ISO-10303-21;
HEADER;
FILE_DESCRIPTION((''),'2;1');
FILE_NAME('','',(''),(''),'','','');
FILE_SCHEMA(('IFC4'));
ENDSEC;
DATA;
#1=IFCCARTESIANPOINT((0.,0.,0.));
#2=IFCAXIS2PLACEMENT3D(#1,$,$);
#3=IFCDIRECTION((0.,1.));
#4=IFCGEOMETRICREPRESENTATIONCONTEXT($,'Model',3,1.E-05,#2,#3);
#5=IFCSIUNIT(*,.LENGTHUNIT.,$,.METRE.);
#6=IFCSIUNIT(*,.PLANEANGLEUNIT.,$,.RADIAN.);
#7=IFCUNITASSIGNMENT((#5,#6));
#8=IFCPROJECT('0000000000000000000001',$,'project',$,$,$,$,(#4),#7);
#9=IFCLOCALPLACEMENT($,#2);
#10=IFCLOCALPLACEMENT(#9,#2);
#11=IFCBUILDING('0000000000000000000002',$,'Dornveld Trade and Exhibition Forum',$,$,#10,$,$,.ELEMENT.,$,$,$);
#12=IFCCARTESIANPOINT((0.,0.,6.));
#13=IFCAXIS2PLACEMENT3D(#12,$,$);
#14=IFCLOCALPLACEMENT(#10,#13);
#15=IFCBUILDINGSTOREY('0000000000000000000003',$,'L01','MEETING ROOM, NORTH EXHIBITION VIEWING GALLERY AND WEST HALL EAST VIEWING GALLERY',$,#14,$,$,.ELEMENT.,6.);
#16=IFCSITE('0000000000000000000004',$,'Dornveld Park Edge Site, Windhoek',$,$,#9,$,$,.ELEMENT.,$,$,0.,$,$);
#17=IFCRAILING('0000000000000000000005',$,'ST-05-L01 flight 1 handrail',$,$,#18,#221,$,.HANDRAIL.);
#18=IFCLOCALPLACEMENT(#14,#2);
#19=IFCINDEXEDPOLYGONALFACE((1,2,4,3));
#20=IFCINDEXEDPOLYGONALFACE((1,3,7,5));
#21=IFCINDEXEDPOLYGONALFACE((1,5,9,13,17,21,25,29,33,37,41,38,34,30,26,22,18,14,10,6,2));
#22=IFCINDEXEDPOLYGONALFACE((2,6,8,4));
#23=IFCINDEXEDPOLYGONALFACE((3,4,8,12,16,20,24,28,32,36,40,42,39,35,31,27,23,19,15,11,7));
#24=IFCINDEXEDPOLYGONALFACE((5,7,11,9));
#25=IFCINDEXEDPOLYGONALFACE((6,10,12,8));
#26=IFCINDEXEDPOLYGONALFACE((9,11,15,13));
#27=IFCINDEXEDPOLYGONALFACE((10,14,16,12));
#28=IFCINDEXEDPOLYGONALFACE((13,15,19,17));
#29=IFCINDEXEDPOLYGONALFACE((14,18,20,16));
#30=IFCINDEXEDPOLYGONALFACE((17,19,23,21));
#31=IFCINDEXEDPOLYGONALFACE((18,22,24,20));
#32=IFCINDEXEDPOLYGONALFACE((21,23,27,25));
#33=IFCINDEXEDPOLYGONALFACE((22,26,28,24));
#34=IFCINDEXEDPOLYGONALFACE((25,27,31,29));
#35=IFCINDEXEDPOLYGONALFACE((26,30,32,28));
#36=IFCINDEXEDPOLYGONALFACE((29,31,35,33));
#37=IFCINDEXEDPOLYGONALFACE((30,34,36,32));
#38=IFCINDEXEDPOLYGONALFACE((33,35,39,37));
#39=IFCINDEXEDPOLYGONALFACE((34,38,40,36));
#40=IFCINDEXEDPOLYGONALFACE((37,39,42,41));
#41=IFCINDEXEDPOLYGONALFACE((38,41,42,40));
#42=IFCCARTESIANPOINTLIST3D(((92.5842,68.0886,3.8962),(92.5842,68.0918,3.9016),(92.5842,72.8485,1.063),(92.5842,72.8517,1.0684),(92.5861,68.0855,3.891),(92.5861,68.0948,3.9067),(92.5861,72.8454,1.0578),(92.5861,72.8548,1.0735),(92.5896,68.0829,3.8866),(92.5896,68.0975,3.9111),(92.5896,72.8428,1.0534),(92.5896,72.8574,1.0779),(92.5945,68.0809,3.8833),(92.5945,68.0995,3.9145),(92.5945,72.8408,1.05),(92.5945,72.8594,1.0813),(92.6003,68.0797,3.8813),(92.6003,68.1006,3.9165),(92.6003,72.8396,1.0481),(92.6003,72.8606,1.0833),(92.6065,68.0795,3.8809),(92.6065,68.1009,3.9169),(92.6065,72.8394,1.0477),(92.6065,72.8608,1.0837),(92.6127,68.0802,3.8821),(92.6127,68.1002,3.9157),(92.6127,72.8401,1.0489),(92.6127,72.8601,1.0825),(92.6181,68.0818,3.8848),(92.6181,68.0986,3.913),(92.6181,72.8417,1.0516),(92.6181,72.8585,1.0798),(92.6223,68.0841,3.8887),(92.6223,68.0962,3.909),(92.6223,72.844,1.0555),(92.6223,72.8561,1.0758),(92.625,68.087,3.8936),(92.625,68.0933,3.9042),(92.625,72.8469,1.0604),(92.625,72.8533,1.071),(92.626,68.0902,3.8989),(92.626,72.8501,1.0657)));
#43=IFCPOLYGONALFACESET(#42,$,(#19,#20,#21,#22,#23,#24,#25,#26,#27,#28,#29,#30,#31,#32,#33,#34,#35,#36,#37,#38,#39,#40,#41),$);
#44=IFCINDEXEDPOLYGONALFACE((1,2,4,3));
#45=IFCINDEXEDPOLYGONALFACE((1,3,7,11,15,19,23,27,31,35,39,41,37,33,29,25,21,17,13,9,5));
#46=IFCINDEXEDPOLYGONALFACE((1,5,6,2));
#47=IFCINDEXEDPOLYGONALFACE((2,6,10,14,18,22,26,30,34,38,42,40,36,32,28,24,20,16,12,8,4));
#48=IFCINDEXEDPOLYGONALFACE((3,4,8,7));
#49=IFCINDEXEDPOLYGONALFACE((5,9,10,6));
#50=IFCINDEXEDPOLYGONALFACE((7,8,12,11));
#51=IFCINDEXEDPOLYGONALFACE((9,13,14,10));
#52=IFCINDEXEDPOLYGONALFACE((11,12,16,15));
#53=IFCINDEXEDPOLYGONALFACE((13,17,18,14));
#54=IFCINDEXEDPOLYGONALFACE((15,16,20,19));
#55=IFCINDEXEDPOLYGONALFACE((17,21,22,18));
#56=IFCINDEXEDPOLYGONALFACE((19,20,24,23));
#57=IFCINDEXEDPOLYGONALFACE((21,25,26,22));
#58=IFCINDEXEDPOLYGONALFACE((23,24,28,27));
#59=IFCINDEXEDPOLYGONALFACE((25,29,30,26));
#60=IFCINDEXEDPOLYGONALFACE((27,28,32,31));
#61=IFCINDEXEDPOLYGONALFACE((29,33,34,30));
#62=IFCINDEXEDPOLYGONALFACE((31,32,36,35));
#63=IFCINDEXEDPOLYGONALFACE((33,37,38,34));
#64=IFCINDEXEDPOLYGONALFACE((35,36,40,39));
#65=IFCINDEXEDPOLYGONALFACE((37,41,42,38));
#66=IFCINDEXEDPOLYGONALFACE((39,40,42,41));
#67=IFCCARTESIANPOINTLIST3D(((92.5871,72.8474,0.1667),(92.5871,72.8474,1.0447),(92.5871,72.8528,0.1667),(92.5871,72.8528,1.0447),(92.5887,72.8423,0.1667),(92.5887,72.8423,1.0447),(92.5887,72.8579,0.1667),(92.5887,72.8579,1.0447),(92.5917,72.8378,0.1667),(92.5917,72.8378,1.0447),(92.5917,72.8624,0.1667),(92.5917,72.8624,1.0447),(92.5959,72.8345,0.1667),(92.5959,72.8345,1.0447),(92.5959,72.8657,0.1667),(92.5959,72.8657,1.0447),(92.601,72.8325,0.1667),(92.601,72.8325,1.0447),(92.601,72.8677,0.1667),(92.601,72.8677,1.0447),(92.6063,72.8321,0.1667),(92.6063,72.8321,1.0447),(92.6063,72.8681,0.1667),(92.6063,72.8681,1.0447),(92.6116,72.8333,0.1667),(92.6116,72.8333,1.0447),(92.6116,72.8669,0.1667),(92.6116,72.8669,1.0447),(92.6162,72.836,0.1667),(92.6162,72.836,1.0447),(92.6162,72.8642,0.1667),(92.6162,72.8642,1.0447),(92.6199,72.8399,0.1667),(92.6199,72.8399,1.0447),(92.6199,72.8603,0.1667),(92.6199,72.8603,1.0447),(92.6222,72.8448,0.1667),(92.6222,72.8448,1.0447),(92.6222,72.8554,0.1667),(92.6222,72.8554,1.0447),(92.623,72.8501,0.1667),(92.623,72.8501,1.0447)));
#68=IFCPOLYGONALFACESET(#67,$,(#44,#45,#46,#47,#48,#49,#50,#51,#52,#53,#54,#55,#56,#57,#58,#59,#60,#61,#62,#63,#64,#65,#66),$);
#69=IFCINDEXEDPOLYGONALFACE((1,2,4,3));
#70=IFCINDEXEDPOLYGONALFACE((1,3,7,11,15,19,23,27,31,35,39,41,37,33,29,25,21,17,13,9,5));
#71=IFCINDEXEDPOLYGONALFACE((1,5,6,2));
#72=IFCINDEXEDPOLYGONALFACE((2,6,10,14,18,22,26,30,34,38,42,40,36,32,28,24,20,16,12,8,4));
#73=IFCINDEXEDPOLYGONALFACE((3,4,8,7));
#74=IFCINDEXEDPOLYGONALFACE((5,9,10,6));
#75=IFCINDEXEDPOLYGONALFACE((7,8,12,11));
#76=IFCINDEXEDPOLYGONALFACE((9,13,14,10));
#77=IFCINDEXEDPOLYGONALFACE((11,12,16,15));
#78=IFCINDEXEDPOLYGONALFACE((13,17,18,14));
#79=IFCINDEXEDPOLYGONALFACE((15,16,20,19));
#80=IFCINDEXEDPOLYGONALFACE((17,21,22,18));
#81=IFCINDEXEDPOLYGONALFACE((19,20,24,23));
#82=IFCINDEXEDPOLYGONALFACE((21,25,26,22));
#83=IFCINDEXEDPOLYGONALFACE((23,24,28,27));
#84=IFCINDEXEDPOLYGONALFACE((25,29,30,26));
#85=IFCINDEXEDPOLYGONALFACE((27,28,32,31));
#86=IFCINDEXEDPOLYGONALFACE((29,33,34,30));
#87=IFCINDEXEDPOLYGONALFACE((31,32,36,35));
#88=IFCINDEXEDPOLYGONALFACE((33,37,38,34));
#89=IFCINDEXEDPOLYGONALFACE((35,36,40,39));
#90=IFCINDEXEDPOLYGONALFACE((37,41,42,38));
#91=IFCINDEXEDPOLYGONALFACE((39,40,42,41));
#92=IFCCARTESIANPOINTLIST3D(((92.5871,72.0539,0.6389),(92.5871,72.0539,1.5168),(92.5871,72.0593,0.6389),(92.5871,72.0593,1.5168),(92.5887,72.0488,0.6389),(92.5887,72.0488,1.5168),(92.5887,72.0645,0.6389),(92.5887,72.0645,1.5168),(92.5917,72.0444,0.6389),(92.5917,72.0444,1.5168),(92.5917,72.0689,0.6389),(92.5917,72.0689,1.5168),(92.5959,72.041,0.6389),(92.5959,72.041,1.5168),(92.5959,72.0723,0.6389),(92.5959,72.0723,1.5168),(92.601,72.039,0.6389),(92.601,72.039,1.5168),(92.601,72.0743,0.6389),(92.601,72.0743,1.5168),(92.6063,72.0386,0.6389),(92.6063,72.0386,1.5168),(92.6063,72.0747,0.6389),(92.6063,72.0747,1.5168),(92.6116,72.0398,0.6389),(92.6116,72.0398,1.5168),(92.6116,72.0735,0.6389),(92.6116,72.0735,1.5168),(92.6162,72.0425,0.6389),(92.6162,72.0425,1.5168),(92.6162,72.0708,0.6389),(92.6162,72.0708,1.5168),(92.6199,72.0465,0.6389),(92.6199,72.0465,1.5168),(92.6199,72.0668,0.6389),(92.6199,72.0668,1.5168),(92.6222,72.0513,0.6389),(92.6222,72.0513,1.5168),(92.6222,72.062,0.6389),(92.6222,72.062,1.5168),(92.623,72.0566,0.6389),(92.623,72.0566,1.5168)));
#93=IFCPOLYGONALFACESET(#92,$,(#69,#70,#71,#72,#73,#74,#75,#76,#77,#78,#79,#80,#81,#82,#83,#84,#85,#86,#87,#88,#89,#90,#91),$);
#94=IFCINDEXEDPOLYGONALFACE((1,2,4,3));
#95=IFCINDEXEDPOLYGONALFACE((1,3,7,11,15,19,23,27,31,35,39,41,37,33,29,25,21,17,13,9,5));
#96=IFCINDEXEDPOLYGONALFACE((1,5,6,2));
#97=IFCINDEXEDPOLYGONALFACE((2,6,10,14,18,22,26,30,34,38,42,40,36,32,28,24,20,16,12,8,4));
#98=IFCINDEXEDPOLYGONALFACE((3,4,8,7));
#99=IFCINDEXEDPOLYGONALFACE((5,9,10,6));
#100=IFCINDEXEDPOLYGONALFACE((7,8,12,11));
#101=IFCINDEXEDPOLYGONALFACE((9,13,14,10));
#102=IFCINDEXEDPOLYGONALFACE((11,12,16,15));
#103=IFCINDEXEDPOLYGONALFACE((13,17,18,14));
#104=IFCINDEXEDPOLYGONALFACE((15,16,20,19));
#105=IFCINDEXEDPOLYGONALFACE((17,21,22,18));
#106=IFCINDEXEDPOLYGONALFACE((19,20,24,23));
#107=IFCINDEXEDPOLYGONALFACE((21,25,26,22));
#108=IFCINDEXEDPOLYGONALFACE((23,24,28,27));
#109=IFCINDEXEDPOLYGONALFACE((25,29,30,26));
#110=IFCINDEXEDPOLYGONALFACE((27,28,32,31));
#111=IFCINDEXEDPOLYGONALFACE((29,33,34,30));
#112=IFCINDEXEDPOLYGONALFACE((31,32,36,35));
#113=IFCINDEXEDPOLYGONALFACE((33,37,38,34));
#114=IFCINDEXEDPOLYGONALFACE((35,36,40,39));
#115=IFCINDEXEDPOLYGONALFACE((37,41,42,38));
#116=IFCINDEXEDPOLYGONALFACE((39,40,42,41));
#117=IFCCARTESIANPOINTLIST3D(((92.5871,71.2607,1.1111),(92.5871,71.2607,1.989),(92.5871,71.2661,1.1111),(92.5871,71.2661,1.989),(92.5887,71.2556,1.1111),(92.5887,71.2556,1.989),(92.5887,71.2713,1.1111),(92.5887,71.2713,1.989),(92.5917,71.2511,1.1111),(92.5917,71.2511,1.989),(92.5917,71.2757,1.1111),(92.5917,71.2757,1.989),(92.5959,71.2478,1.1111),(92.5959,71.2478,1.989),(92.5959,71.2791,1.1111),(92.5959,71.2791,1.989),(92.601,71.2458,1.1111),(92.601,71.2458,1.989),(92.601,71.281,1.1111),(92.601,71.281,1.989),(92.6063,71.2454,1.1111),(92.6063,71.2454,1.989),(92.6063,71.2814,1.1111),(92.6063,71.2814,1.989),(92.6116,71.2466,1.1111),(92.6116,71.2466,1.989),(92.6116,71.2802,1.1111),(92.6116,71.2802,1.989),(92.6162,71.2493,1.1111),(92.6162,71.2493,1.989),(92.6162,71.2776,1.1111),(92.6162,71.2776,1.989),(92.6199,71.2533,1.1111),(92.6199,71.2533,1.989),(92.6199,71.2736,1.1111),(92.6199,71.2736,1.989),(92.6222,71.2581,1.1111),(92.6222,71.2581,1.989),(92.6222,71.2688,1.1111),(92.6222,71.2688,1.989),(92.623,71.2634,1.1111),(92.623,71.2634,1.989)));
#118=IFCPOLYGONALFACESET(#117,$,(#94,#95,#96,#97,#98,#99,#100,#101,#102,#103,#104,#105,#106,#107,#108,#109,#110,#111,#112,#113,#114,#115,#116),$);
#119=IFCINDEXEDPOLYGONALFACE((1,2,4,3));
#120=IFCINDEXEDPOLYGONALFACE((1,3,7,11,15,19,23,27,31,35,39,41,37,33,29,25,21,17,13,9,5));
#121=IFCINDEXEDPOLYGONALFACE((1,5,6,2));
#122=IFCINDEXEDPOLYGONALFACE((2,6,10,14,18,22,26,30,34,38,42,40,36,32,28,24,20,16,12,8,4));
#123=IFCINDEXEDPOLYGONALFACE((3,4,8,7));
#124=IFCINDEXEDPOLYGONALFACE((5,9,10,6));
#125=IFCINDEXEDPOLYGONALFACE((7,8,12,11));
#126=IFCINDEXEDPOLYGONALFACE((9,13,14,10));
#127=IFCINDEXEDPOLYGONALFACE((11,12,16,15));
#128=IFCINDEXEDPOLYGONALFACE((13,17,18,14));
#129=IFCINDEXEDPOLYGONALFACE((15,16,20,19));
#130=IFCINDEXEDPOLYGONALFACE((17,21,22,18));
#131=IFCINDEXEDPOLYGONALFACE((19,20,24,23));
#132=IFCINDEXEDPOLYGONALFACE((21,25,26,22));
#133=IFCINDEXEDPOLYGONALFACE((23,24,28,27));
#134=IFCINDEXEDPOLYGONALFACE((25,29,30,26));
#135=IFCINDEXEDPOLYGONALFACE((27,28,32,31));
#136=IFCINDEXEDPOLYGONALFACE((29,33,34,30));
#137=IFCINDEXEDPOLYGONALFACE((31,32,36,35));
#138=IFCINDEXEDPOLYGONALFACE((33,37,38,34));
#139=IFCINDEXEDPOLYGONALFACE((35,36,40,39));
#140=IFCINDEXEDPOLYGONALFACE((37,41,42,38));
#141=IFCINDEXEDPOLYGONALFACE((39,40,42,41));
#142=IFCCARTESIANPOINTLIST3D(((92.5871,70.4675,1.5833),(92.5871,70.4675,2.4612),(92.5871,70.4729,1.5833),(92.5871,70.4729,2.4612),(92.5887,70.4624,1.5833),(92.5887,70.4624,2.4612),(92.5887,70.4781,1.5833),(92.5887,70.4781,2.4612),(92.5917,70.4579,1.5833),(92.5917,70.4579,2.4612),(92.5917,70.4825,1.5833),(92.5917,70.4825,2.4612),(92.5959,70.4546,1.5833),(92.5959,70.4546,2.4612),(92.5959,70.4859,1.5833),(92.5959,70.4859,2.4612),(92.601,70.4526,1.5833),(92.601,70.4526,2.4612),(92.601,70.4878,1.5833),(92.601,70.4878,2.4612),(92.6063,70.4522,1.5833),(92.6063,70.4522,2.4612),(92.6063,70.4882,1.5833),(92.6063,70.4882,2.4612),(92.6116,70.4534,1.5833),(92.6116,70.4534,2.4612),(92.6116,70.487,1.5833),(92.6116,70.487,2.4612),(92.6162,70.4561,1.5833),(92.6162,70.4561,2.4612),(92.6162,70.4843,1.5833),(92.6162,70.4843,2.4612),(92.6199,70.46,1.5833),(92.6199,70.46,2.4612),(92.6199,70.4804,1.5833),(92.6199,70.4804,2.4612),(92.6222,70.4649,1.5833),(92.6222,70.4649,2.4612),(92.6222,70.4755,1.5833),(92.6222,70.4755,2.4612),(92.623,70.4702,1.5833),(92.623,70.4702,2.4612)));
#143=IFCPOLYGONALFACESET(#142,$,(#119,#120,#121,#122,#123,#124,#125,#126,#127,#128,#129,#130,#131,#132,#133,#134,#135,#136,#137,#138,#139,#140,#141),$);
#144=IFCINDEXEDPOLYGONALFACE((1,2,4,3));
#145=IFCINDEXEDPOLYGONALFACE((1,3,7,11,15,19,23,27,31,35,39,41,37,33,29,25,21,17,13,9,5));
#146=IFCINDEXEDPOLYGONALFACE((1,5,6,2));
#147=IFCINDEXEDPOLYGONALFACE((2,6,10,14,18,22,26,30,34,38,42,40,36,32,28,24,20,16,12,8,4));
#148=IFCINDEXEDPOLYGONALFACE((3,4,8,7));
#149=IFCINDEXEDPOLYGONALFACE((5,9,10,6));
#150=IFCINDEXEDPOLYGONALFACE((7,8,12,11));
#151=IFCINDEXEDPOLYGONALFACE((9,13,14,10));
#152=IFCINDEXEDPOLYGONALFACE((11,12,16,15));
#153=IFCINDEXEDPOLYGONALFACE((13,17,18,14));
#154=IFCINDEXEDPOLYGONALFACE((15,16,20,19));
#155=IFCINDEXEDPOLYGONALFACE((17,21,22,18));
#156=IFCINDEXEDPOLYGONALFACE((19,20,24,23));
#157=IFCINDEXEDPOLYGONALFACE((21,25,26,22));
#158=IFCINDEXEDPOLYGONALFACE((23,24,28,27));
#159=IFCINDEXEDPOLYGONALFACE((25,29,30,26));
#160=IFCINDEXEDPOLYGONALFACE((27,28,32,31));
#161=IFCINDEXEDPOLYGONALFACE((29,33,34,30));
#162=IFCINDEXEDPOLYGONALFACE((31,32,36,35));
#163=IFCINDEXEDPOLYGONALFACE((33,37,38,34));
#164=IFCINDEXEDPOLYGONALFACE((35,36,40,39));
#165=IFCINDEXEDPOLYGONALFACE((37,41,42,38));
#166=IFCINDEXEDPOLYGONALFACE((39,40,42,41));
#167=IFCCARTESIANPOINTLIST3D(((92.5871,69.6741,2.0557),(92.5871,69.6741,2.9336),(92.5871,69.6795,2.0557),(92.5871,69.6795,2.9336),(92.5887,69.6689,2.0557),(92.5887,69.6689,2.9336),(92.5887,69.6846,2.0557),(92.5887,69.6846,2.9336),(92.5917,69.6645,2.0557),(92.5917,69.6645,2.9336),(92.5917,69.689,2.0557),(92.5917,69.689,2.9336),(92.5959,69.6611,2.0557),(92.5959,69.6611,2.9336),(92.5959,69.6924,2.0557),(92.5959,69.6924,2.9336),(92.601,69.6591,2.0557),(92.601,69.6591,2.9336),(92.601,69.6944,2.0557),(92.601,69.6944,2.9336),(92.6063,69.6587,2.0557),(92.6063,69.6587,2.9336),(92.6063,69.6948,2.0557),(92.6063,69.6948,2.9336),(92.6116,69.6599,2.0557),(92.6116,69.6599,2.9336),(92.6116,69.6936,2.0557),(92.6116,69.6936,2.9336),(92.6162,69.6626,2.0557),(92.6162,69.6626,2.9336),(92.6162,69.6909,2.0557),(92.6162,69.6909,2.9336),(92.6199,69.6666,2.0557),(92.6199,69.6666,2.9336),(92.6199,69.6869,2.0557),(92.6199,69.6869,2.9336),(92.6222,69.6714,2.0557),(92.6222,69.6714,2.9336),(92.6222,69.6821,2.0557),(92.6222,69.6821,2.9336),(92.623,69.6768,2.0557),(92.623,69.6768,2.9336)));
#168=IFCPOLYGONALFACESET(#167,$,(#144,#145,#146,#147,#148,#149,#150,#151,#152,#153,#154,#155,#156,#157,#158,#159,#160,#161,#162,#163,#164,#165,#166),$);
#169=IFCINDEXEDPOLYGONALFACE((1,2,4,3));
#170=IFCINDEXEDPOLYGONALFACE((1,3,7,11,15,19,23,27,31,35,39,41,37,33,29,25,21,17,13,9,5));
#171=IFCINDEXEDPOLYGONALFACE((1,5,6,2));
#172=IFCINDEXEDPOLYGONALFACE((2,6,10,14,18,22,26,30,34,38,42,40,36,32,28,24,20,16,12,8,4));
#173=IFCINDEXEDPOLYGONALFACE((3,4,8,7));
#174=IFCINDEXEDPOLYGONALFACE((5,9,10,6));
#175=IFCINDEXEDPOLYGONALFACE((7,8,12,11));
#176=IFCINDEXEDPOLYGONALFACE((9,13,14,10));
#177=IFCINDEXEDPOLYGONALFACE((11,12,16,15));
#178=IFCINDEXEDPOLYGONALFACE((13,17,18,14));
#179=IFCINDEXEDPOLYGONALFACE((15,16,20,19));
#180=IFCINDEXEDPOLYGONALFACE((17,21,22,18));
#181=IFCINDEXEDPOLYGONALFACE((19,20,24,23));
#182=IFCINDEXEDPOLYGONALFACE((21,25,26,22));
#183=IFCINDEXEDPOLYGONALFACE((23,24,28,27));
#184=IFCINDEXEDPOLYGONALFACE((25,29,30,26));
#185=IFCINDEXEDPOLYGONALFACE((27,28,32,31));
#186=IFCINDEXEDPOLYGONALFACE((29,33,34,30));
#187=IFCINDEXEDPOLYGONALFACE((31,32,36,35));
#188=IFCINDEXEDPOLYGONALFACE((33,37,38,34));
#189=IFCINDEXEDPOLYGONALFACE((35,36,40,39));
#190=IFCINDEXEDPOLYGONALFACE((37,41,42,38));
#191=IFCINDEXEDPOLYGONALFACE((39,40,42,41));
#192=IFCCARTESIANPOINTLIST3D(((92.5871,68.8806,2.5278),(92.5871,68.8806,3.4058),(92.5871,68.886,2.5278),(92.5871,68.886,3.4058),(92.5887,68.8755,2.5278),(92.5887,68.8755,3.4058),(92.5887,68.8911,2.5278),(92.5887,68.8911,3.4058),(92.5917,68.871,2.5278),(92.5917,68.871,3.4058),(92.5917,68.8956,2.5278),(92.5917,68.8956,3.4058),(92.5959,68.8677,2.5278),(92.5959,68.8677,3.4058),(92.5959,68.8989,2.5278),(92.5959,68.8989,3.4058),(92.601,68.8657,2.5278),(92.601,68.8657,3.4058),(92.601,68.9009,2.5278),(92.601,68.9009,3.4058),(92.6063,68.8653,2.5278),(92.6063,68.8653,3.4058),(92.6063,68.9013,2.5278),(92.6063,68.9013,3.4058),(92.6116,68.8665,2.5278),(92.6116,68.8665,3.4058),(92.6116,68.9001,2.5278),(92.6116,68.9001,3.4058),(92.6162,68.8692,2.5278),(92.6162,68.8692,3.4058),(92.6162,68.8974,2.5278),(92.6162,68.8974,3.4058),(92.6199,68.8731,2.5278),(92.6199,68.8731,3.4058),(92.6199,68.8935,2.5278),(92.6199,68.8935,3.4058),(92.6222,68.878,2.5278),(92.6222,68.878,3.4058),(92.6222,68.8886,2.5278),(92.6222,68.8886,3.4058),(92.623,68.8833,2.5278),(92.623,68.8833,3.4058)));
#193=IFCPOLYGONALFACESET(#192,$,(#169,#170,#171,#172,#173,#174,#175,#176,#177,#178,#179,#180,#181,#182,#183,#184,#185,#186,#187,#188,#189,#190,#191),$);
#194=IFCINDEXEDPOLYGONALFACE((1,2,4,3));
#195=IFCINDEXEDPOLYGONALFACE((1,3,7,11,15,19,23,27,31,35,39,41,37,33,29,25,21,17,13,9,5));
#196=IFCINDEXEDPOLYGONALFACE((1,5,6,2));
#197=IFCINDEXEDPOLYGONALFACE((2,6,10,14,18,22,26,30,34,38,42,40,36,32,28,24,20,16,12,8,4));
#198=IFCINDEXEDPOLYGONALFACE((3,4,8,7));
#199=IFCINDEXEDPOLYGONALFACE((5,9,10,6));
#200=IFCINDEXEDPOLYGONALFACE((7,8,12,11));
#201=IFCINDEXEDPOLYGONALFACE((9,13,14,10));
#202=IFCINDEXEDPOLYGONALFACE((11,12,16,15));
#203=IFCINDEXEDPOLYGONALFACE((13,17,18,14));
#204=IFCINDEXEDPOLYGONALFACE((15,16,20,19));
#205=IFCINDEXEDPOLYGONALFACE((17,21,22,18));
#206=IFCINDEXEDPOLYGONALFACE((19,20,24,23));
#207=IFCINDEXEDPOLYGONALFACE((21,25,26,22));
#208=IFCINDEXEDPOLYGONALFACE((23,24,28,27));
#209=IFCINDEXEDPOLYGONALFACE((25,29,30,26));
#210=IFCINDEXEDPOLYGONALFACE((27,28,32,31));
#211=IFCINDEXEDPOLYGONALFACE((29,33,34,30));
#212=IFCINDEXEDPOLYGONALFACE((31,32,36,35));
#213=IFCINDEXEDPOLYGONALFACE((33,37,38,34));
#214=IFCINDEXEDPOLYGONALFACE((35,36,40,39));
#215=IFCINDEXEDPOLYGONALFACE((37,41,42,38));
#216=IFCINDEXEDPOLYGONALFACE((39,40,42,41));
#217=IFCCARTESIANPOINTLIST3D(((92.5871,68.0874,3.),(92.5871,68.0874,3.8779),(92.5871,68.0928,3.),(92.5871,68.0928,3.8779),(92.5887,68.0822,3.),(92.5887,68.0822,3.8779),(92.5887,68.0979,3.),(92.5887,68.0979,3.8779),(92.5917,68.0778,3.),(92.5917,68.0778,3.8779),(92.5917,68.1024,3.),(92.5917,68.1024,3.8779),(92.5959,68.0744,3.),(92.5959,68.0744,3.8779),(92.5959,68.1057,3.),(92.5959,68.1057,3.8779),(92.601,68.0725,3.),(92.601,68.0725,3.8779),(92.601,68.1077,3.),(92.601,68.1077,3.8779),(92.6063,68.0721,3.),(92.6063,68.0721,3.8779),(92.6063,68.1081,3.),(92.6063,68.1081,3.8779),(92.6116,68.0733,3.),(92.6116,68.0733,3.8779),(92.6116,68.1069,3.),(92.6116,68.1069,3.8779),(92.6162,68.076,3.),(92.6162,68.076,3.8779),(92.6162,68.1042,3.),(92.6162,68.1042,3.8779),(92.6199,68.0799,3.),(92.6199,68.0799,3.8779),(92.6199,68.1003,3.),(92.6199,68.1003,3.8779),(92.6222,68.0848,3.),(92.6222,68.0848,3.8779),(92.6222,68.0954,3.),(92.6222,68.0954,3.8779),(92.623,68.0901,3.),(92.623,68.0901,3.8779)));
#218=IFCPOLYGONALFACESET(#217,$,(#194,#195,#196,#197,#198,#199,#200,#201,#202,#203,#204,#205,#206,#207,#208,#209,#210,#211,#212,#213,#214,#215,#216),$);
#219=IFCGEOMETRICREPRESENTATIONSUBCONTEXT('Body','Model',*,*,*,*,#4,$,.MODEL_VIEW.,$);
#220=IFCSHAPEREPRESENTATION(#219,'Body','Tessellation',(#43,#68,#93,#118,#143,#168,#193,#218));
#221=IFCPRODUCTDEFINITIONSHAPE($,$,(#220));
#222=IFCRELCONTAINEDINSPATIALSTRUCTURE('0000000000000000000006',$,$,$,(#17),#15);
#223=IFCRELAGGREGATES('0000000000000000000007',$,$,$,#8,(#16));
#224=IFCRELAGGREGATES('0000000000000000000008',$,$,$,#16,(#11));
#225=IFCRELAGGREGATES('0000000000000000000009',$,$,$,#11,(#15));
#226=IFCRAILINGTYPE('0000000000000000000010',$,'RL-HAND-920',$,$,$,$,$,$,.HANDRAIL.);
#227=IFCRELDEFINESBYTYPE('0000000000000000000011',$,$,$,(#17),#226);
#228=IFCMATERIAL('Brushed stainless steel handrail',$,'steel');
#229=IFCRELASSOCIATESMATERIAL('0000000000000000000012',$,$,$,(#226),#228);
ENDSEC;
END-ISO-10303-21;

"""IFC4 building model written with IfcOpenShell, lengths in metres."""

from ifc_helpers import new_model, si_unit, direction, frame, origin, origin_2d, place, context, subcontext, project, spatial, circle, extrude, material, type_object, element, save


model = new_model("IFC4")

# Units and contexts
model_context = context("Model", 3, precision=1e-05, world=origin(), true_north=direction((0.0, 1.0)))
body_context = subcontext(model_context, "Body", "Model", "MODEL_VIEW")
ifc_project = project(units=[si_unit("LENGTHUNIT", "METRE"), si_unit("PLANEANGLEUNIT", "RADIAN")], contexts=[model_context])

# Site, building, storey
site_placement = place(None, origin())
site = spatial("IfcSite", under=ifc_project, at=site_placement, Name="Dornveld Park Edge Site, Windhoek", CompositionType="ELEMENT", RefElevation=0.0)
building_placement = place(site_placement, origin())
building = spatial("IfcBuilding", under=site, at=building_placement, Name="Dornveld Trade and Exhibition Forum", CompositionType="ELEMENT")
storey_placement = place(building_placement, frame((0.0, 0.0, 6.0)))
storey = spatial("IfcBuildingStorey", under=building, at=storey_placement, Name="L01", Description="MEETING ROOM, NORTH EXHIBITION VIEWING GALLERY AND WEST HALL EAST VIEWING GALLERY", CompositionType="ELEMENT", Elevation=6.0)

# Railing
ifc_material_1 = material(Name="Brushed stainless steel handrail", Category="steel")
railing_type_1 = type_object("IfcRailingType", Name="RL-HAND-920", PredefinedType="HANDRAIL", material=ifc_material_1)
railing_1_placement = place(storey_placement, frame((92.605, 72.8501, 0.1667)))
element("IfcRailing", 1, at=railing_1_placement, inside=storey, type_object=railing_type_1, Name="ST-05-L01 flight 1 handrail", PredefinedType="HANDRAIL", context=body_context, shape_type="SweptSolid", body=[
    extrude(circle(Radius=0.021, at=origin_2d()), frame((0.0, 0.0, 0.8989), z_axis=(0.0, -0.8593, 0.511472), x_axis=(1.0, 0.0, 0.0)), (0.0, 0.0, 1.0), 5.5393),
    extrude(circle(Radius=0.0181, at=origin_2d()), origin(), (0.0, 0.0, 1.0), 0.8779),
    extrude(circle(Radius=0.0181, at=origin_2d()), frame((0.0, -0.7935, 0.4722)), (0.0, 0.0, 1.0), 0.8779),
    extrude(circle(Radius=0.0181, at=origin_2d()), frame((0.0, -1.5867, 0.9443)), (0.0, 0.0, 1.0), 0.8779),
    extrude(circle(Radius=0.0181, at=origin_2d()), frame((0.0, -2.3799, 1.4165)), (0.0, 0.0, 1.0), 0.8779),
    extrude(circle(Radius=0.0181, at=origin_2d()), frame((0.0, -3.1733, 1.8889)), (0.0, 0.0, 1.0), 0.8779),
    extrude(circle(Radius=0.0181, at=origin_2d()), frame((0.0, -3.9668, 2.3611)), (0.0, 0.0, 1.0), 0.8779),
    extrude(circle(Radius=0.0181, at=origin_2d()), frame((0.0, -4.76, 2.8333)), (0.0, 0.0, 1.0), 0.8779),
])

save(model, "model.ifc")
